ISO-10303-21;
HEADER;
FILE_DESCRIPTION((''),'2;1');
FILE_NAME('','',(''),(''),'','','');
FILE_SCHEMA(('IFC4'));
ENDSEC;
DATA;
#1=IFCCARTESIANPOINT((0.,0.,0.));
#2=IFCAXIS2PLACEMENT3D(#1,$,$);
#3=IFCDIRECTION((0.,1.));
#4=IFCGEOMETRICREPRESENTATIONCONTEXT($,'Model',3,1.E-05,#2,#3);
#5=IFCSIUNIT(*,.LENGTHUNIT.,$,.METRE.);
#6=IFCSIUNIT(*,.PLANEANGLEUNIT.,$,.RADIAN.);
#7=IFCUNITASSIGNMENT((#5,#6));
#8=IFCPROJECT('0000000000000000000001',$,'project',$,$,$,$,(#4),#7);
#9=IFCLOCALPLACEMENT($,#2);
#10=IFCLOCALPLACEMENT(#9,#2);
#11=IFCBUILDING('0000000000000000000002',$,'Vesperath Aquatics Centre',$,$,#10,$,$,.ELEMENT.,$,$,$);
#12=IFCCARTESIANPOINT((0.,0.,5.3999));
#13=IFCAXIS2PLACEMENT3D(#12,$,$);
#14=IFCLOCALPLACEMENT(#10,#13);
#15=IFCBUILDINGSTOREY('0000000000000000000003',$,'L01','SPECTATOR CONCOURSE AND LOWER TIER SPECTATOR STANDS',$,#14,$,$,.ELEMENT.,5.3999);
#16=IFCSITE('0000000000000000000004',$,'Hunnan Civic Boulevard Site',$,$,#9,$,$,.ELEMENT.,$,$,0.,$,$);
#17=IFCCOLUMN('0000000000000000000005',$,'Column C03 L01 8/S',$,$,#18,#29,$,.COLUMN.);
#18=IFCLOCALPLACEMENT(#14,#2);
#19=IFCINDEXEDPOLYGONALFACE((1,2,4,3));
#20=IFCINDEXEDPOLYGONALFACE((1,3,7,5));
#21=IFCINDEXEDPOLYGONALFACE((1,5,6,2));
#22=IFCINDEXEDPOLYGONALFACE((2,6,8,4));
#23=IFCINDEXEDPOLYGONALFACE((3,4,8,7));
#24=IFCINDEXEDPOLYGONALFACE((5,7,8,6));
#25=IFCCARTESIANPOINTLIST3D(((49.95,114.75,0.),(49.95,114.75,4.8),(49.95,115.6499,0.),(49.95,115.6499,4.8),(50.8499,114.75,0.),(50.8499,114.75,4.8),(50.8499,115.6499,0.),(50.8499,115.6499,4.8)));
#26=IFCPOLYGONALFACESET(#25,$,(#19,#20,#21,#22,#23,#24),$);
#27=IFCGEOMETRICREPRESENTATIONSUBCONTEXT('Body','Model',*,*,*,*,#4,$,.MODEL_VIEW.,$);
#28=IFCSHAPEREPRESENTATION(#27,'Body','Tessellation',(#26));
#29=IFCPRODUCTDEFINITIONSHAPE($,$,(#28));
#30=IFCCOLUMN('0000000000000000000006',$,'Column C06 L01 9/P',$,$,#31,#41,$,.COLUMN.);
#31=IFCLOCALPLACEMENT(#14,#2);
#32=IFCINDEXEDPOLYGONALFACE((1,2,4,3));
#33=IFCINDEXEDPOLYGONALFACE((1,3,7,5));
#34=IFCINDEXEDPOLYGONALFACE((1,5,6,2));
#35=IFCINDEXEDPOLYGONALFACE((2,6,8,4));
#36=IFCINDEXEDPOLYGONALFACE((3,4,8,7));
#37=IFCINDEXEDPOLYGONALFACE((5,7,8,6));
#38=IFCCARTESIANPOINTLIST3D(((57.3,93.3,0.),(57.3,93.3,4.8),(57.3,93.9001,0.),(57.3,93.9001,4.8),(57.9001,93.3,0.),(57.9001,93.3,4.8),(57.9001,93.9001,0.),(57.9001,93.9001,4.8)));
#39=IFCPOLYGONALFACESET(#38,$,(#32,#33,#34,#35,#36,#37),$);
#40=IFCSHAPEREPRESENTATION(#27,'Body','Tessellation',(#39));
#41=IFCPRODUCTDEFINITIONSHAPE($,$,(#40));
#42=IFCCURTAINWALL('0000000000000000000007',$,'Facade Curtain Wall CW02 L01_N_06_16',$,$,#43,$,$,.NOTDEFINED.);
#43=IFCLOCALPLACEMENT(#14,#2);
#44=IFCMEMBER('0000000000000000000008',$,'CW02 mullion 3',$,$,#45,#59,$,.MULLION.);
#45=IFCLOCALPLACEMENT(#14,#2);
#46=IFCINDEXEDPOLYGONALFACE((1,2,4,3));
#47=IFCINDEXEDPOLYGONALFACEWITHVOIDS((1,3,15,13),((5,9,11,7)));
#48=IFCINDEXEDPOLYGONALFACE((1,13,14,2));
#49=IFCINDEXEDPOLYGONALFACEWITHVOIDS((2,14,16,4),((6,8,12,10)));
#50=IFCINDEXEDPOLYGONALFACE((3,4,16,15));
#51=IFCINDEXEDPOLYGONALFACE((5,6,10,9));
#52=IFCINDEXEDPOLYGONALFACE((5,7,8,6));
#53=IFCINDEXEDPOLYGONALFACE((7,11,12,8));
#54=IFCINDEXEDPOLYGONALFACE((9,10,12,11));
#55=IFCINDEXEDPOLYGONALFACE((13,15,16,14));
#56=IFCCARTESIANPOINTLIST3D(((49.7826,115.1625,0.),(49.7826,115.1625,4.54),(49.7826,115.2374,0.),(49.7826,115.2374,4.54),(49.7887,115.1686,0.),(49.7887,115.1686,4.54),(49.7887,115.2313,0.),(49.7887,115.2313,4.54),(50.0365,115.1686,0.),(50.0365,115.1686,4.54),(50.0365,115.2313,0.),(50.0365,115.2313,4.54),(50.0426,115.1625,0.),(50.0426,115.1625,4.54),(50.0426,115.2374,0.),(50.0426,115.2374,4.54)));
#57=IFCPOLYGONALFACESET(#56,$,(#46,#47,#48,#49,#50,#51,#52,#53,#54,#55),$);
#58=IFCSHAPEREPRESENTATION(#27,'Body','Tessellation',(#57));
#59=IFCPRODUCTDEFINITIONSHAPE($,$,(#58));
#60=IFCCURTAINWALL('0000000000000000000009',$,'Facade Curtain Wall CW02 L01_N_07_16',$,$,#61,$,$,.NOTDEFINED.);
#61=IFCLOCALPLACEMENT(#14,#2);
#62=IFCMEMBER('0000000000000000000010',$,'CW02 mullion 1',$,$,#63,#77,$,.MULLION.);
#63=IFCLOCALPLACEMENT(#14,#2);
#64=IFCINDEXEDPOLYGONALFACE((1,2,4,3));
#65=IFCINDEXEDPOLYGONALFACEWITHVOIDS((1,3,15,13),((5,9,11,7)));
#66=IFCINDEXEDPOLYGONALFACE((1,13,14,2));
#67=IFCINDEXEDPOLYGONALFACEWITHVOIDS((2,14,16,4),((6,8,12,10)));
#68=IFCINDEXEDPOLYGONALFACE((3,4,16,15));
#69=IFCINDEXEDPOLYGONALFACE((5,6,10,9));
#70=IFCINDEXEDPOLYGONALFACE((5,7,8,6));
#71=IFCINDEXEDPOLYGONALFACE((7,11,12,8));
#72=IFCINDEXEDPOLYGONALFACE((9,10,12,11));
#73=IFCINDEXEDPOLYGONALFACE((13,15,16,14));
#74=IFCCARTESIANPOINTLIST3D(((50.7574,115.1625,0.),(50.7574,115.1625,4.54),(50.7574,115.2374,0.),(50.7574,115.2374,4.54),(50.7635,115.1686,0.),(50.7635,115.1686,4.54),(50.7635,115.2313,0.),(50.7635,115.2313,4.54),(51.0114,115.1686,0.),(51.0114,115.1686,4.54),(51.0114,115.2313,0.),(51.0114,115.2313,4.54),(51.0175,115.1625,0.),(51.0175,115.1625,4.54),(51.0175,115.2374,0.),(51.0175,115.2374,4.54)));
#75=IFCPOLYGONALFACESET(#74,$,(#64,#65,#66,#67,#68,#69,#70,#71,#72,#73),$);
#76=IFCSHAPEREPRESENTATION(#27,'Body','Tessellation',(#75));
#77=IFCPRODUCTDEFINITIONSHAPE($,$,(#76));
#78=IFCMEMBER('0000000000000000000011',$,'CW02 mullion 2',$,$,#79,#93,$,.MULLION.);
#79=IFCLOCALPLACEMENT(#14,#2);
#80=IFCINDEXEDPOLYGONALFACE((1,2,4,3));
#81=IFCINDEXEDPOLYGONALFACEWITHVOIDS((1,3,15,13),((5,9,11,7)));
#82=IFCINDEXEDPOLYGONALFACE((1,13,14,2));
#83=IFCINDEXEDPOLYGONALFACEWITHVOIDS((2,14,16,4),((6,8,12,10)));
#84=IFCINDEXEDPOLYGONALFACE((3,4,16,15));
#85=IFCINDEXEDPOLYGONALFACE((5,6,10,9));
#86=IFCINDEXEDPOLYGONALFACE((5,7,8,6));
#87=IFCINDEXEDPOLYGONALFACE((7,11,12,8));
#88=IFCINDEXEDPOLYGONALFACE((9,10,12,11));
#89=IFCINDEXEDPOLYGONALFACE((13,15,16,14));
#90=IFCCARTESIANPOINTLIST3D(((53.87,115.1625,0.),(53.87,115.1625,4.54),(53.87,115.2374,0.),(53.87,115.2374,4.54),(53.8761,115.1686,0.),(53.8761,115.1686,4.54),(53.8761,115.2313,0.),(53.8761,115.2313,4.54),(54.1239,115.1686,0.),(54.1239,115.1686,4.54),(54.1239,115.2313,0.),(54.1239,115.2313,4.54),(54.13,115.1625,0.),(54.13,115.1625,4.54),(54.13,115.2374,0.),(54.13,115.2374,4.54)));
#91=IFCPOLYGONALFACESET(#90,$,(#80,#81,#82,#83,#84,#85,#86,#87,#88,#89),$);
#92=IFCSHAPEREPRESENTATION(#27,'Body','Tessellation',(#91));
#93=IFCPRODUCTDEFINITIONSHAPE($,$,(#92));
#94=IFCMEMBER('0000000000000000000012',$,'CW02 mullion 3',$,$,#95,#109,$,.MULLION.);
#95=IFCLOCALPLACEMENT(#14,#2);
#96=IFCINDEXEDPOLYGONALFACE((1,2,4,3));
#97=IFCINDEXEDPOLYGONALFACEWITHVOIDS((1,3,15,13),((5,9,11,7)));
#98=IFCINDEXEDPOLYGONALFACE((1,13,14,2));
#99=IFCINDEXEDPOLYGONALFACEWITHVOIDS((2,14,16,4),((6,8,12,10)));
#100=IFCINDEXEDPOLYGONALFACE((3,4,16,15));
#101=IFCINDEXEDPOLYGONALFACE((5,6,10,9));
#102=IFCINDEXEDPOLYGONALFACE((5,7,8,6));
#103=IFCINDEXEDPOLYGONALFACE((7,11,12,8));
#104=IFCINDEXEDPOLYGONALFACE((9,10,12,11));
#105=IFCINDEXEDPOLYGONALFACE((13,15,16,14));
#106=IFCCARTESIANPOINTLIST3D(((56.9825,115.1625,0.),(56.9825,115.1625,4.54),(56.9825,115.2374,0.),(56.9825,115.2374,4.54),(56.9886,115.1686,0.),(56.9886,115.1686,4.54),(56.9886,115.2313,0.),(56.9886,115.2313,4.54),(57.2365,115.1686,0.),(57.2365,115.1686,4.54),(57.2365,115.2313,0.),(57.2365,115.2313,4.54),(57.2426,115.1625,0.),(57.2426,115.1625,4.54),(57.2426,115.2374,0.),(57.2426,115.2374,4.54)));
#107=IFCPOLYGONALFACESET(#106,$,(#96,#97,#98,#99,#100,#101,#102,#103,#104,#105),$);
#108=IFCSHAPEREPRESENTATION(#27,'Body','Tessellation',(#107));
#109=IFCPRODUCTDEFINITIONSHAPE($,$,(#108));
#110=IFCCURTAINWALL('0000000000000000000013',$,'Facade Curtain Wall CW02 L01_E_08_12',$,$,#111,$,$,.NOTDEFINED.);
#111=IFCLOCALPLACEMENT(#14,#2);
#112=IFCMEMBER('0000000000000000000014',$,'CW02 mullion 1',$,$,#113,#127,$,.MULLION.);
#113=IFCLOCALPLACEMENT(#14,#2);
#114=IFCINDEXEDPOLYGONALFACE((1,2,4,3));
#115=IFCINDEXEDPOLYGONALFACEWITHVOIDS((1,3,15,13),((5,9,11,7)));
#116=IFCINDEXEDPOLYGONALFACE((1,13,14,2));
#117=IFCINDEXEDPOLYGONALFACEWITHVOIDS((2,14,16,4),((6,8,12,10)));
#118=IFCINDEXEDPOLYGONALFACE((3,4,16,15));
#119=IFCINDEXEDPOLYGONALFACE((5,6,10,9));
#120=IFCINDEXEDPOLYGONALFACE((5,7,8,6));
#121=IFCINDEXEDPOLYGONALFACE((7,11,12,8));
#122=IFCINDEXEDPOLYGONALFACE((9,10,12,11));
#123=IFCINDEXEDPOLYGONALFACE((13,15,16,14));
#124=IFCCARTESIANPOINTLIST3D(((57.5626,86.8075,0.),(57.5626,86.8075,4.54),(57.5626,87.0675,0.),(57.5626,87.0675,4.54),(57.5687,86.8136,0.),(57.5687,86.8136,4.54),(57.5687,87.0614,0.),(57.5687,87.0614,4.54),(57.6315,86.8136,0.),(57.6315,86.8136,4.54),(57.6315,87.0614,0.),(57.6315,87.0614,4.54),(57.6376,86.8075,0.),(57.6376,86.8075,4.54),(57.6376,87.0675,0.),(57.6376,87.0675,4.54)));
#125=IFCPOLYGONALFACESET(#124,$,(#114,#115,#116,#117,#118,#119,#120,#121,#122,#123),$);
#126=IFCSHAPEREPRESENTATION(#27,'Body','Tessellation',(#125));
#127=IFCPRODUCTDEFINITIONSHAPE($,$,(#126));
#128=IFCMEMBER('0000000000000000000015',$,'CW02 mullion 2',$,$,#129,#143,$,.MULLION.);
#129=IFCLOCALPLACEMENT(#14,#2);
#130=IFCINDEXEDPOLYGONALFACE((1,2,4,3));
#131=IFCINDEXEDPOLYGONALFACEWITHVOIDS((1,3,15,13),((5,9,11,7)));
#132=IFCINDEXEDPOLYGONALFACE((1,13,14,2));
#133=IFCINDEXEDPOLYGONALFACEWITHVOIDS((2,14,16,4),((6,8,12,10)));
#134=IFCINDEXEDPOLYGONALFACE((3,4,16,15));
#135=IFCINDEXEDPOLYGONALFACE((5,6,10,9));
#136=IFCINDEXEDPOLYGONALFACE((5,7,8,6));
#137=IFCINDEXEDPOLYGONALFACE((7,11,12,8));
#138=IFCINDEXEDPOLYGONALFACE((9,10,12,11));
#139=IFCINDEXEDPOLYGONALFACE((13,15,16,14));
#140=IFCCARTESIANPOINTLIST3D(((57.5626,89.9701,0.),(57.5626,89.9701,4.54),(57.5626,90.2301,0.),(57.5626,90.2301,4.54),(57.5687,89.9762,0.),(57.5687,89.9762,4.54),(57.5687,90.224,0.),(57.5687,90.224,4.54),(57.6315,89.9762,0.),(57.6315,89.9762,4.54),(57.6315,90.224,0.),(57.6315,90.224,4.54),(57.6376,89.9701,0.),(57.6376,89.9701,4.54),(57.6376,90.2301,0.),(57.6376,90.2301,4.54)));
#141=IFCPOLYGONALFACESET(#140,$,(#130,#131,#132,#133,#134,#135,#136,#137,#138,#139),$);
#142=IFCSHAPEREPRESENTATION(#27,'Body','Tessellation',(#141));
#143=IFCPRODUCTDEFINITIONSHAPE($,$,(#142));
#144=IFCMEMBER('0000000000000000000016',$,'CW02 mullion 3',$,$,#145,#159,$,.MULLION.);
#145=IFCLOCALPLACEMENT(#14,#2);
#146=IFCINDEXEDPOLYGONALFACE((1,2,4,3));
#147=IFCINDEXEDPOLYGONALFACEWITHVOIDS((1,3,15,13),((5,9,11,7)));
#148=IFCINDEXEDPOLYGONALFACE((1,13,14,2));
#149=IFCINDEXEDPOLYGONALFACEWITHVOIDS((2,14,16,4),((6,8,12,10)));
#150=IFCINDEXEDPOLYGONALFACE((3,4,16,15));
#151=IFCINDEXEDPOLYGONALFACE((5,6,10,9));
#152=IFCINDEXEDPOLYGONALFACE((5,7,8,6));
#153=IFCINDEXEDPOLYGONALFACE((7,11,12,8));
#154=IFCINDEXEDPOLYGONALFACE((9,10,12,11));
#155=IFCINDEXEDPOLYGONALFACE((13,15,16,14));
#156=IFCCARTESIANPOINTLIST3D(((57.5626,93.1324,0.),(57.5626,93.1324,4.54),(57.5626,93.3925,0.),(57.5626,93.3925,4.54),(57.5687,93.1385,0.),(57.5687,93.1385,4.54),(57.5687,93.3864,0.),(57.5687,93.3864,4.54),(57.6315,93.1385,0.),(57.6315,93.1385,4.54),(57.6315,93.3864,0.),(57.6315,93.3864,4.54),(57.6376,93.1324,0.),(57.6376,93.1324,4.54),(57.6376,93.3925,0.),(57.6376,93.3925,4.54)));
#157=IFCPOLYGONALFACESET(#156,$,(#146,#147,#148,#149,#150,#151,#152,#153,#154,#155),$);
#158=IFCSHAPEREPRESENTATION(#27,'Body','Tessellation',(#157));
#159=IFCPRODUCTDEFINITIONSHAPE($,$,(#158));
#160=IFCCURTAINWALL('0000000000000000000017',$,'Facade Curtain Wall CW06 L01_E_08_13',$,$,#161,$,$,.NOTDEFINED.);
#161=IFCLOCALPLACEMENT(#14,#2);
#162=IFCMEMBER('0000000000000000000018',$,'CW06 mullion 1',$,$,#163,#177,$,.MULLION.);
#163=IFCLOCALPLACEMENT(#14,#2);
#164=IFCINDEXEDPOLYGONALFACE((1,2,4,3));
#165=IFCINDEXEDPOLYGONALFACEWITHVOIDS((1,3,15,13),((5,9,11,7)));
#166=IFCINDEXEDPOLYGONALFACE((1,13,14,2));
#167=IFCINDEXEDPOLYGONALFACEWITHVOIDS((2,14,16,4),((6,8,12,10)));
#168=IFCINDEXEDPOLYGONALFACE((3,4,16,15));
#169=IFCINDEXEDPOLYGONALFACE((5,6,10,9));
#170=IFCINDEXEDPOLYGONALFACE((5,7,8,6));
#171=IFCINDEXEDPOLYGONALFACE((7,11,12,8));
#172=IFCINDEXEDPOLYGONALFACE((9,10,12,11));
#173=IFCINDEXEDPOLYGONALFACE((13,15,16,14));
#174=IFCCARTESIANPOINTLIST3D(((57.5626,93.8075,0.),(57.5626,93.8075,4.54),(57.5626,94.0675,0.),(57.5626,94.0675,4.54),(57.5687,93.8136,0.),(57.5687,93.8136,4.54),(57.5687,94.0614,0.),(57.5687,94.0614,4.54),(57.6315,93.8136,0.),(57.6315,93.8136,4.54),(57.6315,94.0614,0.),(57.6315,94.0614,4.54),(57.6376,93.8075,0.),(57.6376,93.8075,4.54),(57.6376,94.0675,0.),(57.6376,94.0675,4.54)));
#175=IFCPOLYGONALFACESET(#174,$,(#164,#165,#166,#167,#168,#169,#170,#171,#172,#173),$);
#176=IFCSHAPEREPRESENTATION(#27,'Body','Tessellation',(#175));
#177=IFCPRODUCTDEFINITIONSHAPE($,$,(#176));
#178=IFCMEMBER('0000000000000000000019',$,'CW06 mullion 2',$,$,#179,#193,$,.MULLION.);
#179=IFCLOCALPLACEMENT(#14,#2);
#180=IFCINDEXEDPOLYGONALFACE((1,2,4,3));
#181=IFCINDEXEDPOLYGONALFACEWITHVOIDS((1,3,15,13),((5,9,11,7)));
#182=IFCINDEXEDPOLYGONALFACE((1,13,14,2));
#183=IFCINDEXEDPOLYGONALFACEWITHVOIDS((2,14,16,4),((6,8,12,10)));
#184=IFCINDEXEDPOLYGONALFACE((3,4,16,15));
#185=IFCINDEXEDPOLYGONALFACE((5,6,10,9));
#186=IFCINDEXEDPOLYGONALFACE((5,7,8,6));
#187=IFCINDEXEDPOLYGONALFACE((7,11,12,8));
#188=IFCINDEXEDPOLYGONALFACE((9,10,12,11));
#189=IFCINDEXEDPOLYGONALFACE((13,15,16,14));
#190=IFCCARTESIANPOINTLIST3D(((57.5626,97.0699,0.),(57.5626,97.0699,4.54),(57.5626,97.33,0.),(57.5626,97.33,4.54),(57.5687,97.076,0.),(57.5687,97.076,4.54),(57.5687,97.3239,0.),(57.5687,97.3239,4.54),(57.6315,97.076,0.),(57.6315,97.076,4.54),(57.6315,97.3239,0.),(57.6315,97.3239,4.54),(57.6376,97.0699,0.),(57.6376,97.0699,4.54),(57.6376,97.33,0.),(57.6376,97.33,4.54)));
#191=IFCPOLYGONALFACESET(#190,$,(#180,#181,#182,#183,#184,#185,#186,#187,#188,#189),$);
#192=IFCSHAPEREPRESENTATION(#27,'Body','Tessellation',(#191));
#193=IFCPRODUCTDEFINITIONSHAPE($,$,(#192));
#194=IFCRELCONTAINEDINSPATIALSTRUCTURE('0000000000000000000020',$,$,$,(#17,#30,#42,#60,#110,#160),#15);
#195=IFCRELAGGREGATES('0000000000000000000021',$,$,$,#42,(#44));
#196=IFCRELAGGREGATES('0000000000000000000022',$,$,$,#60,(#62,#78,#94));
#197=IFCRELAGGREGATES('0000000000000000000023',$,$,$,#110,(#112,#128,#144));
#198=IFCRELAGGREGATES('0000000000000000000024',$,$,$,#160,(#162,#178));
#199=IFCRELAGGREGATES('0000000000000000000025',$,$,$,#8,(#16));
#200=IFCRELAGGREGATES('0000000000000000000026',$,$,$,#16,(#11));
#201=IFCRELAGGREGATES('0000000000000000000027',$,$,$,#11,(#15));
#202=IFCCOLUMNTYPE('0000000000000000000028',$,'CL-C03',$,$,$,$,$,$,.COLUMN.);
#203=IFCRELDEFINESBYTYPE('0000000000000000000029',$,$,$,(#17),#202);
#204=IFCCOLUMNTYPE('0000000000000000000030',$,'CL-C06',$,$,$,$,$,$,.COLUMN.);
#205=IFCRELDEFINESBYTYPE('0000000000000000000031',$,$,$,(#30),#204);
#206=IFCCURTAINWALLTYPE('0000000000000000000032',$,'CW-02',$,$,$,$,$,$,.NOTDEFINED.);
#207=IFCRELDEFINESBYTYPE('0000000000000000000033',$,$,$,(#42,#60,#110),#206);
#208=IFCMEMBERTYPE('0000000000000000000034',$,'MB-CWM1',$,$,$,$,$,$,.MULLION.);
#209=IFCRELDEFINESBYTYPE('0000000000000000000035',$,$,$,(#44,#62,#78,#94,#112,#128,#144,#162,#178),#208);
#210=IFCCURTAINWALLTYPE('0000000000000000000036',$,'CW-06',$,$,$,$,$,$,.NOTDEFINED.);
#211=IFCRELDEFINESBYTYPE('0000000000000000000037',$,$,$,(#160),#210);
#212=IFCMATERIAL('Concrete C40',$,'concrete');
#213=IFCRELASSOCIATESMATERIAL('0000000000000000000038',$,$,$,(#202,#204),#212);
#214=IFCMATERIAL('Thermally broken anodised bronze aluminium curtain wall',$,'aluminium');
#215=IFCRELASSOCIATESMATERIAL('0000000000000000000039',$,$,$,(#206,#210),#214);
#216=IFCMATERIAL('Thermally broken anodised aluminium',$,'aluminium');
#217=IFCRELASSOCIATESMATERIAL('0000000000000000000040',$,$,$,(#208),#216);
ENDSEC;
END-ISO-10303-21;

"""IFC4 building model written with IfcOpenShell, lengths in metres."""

from ifc_helpers import new_model, si_unit, direction, frame, origin, origin_2d, place, context, subcontext, project, spatial, rectangle, hollow_rectangle, extrude, material, material_profile, profile_set, type_object, element, aggregate, save


model = new_model("IFC4")

# Units and contexts
model_context = context("Model", 3, precision=1e-05, world=origin(), true_north=direction((0.0, 1.0)))
body_context = subcontext(model_context, "Body", "Model", "MODEL_VIEW")
ifc_project = project(units=[si_unit("LENGTHUNIT", "METRE"), si_unit("PLANEANGLEUNIT", "RADIAN")], contexts=[model_context])

# Site, building, storey
site_placement = place(None, origin())
site = spatial("IfcSite", under=ifc_project, at=site_placement, Name="Hunnan Civic Boulevard Site", CompositionType="ELEMENT", RefElevation=0.0)
building_placement = place(site_placement, origin())
building = spatial("IfcBuilding", under=site, at=building_placement, Name="Vesperath Aquatics Centre", CompositionType="ELEMENT")
storey_placement = place(building_placement, frame((0.0, 0.0, 5.3999)))
storey = spatial("IfcBuildingStorey", under=building, at=storey_placement, Name="L01", Description="SPECTATOR CONCOURSE AND LOWER TIER SPECTATOR STANDS", CompositionType="ELEMENT", Elevation=5.3999)

# Columns
ifc_material_1 = material(Name="Concrete C40", Category="concrete")
ifc_material_profile_1 = material_profile(ifc_material_1, rectangle(XDim=0.8999, YDim=0.8999, at=origin_2d()), Name="RC 900x900")
ifc_profile_set_1 = profile_set([ifc_material_profile_1], Name="Concrete C40")
column_type_1 = type_object("IfcColumnType", Name="CL-C03", PredefinedType="COLUMN", material=ifc_profile_set_1)
column_1_placement = place(storey_placement, frame((50.3999, 115.2, 0.0), z_axis=(0.0, 0.0, 1.0), x_axis=(1.0, 0.0, 0.0)))
element("IfcColumn", 1, at=column_1_placement, inside=storey, type_object=column_type_1, Name="Column C03 L01 8/S", PredefinedType="COLUMN", context=body_context, shape_type="SweptSolid", body=[
    extrude(rectangle(XDim=0.8999, YDim=0.8999, at=origin_2d()), origin(), (0.0, 0.0, 1.0), 4.8),
])
ifc_material_profile_2 = material_profile(ifc_material_1, rectangle(XDim=0.6001, YDim=0.6001, at=origin_2d()), Name="RC 600x600")
ifc_profile_set_2 = profile_set([ifc_material_profile_2], Name="Concrete C40")
column_type_2 = type_object("IfcColumnType", Name="CL-C06", PredefinedType="COLUMN", material=ifc_profile_set_2)
column_2_placement = place(storey_placement, frame((57.6001, 93.6001, 0.0), z_axis=(0.0, 0.0, 1.0), x_axis=(1.0, 0.0, 0.0)))
element("IfcColumn", 2, at=column_2_placement, inside=storey, type_object=column_type_2, Name="Column C06 L01 9/P", PredefinedType="COLUMN", context=body_context, shape_type="SweptSolid", body=[
    extrude(rectangle(XDim=0.6001, YDim=0.6001, at=origin_2d()), origin(), (0.0, 0.0, 1.0), 4.8),
])

# Curtain wall, member
ifc_material_2 = material(Name="Thermally broken anodised bronze aluminium curtain wall", Category="aluminium")
curtain_wall_type_1 = type_object("IfcCurtainWallType", Name="CW-02", PredefinedType="NOTDEFINED", material=ifc_material_2)
curtain_wall_1_placement = place(storey_placement, origin())
curtain_wall_1 = element("IfcCurtainWall", 3, at=curtain_wall_1_placement, inside=storey, type_object=curtain_wall_type_1, Name="Facade Curtain Wall CW02 L01_N_06_16", PredefinedType="NOTDEFINED")
ifc_material_3 = material(Name="Thermally broken anodised aluminium", Category="aluminium")
ifc_material_profile_3 = material_profile(ifc_material_3, hollow_rectangle(XDim=0.075, YDim=0.26, WallThickness=0.0061, at=origin_2d()), Name="CWM 75x260x6")
ifc_profile_set_3 = profile_set([ifc_material_profile_3], Name="Thermally broken anodised aluminium")
member_type_1 = type_object("IfcMemberType", Name="MB-CWM1", PredefinedType="MULLION", material=ifc_profile_set_3)
member_1_placement = place(storey_placement, frame((49.9126, 115.2, 0.0), z_axis=(0.0, 0.0, 1.0), x_axis=(0.0, 1.0, 0.0)))
member_1 = element("IfcMember", 4, at=member_1_placement, type_object=member_type_1, Name="CW02 mullion 3", PredefinedType="MULLION", context=body_context, shape_type="SweptSolid", body=[
    extrude(hollow_rectangle(XDim=0.075, YDim=0.26, WallThickness=0.0061, at=origin_2d()), origin(), (0.0, 0.0, 1.0), 4.54),
])
aggregate(curtain_wall_1, [member_1])

# Curtain walls, members
curtain_wall_2_placement = place(storey_placement, origin())
curtain_wall_2 = element("IfcCurtainWall", 5, at=curtain_wall_2_placement, inside=storey, type_object=curtain_wall_type_1, Name="Facade Curtain Wall CW02 L01_N_07_16", PredefinedType="NOTDEFINED")
member_2_placement = place(storey_placement, frame((50.8875, 115.2, 0.0), z_axis=(0.0, 0.0, 1.0), x_axis=(0.0, 1.0, 0.0)))
member_2 = element("IfcMember", 6, at=member_2_placement, type_object=member_type_1, Name="CW02 mullion 1", PredefinedType="MULLION", context=body_context, shape_type="SweptSolid", body=[
    extrude(hollow_rectangle(XDim=0.075, YDim=0.26, WallThickness=0.0061, at=origin_2d()), origin(), (0.0, 0.0, 1.0), 4.54),
])
member_3_placement = place(storey_placement, frame((54.0, 115.2, 0.0), z_axis=(0.0, 0.0, 1.0), x_axis=(0.0, 1.0, 0.0)))
member_3 = element("IfcMember", 7, at=member_3_placement, type_object=member_type_1, Name="CW02 mullion 2", PredefinedType="MULLION", context=body_context, shape_type="SweptSolid", body=[
    extrude(hollow_rectangle(XDim=0.075, YDim=0.26, WallThickness=0.0061, at=origin_2d()), origin(), (0.0, 0.0, 1.0), 4.54),
])
member_4_placement = place(storey_placement, frame((57.1125, 115.2, 0.0), z_axis=(0.0, 0.0, 1.0), x_axis=(0.0, 1.0, 0.0)))
member_4 = element("IfcMember", 8, at=member_4_placement, type_object=member_type_1, Name="CW02 mullion 3", PredefinedType="MULLION", context=body_context, shape_type="SweptSolid", body=[
    extrude(hollow_rectangle(XDim=0.075, YDim=0.26, WallThickness=0.0061, at=origin_2d()), origin(), (0.0, 0.0, 1.0), 4.54),
])
curtain_wall_3_placement = place(storey_placement, origin())
curtain_wall_3 = element("IfcCurtainWall", 9, at=curtain_wall_3_placement, inside=storey, type_object=curtain_wall_type_1, Name="Facade Curtain Wall CW02 L01_E_08_12", PredefinedType="NOTDEFINED")
member_5_placement = place(storey_placement, frame((57.6001, 86.9375, 0.0), z_axis=(0.0, 0.0, 1.0), x_axis=(-1.0, 0.0, 0.0)))
member_5 = element("IfcMember", 10, at=member_5_placement, type_object=member_type_1, Name="CW02 mullion 1", PredefinedType="MULLION", context=body_context, shape_type="SweptSolid", body=[
    extrude(hollow_rectangle(XDim=0.075, YDim=0.26, WallThickness=0.0061, at=origin_2d()), origin(), (0.0, 0.0, 1.0), 4.54),
])
member_6_placement = place(storey_placement, frame((57.6001, 90.1001, 0.0), z_axis=(0.0, 0.0, 1.0), x_axis=(-1.0, 0.0, 0.0)))
member_6 = element("IfcMember", 11, at=member_6_placement, type_object=member_type_1, Name="CW02 mullion 2", PredefinedType="MULLION", context=body_context, shape_type="SweptSolid", body=[
    extrude(hollow_rectangle(XDim=0.075, YDim=0.26, WallThickness=0.0061, at=origin_2d()), origin(), (0.0, 0.0, 1.0), 4.54),
])
member_7_placement = place(storey_placement, frame((57.6001, 93.2625, 0.0), z_axis=(0.0, 0.0, 1.0), x_axis=(-1.0, 0.0, 0.0)))
member_7 = element("IfcMember", 12, at=member_7_placement, type_object=member_type_1, Name="CW02 mullion 3", PredefinedType="MULLION", context=body_context, shape_type="SweptSolid", body=[
    extrude(hollow_rectangle(XDim=0.075, YDim=0.26, WallThickness=0.0061, at=origin_2d()), origin(), (0.0, 0.0, 1.0), 4.54),
])
curtain_wall_type_2 = type_object("IfcCurtainWallType", Name="CW-06", PredefinedType="NOTDEFINED", material=ifc_material_2)
curtain_wall_4_placement = place(storey_placement, origin())
curtain_wall_4 = element("IfcCurtainWall", 13, at=curtain_wall_4_placement, inside=storey, type_object=curtain_wall_type_2, Name="Facade Curtain Wall CW06 L01_E_08_13", PredefinedType="NOTDEFINED")
member_8_placement = place(storey_placement, frame((57.6001, 93.9375, 0.0), z_axis=(0.0, 0.0, 1.0), x_axis=(-1.0, 0.0, 0.0)))
member_8 = element("IfcMember", 14, at=member_8_placement, type_object=member_type_1, Name="CW06 mullion 1", PredefinedType="MULLION", context=body_context, shape_type="SweptSolid", body=[
    extrude(hollow_rectangle(XDim=0.075, YDim=0.26, WallThickness=0.0061, at=origin_2d()), origin(), (0.0, 0.0, 1.0), 4.54),
])
member_9_placement = place(storey_placement, frame((57.6001, 97.2, 0.0), z_axis=(0.0, 0.0, 1.0), x_axis=(-1.0, 0.0, 0.0)))
member_9 = element("IfcMember", 15, at=member_9_placement, type_object=member_type_1, Name="CW06 mullion 2", PredefinedType="MULLION", context=body_context, shape_type="SweptSolid", body=[
    extrude(hollow_rectangle(XDim=0.075, YDim=0.26, WallThickness=0.0061, at=origin_2d()), origin(), (0.0, 0.0, 1.0), 4.54),
])

aggregate(curtain_wall_2, [member_2, member_3, member_4])
aggregate(curtain_wall_3, [member_5, member_6, member_7])
aggregate(curtain_wall_4, [member_8, member_9])

save(model, "model.ifc")
